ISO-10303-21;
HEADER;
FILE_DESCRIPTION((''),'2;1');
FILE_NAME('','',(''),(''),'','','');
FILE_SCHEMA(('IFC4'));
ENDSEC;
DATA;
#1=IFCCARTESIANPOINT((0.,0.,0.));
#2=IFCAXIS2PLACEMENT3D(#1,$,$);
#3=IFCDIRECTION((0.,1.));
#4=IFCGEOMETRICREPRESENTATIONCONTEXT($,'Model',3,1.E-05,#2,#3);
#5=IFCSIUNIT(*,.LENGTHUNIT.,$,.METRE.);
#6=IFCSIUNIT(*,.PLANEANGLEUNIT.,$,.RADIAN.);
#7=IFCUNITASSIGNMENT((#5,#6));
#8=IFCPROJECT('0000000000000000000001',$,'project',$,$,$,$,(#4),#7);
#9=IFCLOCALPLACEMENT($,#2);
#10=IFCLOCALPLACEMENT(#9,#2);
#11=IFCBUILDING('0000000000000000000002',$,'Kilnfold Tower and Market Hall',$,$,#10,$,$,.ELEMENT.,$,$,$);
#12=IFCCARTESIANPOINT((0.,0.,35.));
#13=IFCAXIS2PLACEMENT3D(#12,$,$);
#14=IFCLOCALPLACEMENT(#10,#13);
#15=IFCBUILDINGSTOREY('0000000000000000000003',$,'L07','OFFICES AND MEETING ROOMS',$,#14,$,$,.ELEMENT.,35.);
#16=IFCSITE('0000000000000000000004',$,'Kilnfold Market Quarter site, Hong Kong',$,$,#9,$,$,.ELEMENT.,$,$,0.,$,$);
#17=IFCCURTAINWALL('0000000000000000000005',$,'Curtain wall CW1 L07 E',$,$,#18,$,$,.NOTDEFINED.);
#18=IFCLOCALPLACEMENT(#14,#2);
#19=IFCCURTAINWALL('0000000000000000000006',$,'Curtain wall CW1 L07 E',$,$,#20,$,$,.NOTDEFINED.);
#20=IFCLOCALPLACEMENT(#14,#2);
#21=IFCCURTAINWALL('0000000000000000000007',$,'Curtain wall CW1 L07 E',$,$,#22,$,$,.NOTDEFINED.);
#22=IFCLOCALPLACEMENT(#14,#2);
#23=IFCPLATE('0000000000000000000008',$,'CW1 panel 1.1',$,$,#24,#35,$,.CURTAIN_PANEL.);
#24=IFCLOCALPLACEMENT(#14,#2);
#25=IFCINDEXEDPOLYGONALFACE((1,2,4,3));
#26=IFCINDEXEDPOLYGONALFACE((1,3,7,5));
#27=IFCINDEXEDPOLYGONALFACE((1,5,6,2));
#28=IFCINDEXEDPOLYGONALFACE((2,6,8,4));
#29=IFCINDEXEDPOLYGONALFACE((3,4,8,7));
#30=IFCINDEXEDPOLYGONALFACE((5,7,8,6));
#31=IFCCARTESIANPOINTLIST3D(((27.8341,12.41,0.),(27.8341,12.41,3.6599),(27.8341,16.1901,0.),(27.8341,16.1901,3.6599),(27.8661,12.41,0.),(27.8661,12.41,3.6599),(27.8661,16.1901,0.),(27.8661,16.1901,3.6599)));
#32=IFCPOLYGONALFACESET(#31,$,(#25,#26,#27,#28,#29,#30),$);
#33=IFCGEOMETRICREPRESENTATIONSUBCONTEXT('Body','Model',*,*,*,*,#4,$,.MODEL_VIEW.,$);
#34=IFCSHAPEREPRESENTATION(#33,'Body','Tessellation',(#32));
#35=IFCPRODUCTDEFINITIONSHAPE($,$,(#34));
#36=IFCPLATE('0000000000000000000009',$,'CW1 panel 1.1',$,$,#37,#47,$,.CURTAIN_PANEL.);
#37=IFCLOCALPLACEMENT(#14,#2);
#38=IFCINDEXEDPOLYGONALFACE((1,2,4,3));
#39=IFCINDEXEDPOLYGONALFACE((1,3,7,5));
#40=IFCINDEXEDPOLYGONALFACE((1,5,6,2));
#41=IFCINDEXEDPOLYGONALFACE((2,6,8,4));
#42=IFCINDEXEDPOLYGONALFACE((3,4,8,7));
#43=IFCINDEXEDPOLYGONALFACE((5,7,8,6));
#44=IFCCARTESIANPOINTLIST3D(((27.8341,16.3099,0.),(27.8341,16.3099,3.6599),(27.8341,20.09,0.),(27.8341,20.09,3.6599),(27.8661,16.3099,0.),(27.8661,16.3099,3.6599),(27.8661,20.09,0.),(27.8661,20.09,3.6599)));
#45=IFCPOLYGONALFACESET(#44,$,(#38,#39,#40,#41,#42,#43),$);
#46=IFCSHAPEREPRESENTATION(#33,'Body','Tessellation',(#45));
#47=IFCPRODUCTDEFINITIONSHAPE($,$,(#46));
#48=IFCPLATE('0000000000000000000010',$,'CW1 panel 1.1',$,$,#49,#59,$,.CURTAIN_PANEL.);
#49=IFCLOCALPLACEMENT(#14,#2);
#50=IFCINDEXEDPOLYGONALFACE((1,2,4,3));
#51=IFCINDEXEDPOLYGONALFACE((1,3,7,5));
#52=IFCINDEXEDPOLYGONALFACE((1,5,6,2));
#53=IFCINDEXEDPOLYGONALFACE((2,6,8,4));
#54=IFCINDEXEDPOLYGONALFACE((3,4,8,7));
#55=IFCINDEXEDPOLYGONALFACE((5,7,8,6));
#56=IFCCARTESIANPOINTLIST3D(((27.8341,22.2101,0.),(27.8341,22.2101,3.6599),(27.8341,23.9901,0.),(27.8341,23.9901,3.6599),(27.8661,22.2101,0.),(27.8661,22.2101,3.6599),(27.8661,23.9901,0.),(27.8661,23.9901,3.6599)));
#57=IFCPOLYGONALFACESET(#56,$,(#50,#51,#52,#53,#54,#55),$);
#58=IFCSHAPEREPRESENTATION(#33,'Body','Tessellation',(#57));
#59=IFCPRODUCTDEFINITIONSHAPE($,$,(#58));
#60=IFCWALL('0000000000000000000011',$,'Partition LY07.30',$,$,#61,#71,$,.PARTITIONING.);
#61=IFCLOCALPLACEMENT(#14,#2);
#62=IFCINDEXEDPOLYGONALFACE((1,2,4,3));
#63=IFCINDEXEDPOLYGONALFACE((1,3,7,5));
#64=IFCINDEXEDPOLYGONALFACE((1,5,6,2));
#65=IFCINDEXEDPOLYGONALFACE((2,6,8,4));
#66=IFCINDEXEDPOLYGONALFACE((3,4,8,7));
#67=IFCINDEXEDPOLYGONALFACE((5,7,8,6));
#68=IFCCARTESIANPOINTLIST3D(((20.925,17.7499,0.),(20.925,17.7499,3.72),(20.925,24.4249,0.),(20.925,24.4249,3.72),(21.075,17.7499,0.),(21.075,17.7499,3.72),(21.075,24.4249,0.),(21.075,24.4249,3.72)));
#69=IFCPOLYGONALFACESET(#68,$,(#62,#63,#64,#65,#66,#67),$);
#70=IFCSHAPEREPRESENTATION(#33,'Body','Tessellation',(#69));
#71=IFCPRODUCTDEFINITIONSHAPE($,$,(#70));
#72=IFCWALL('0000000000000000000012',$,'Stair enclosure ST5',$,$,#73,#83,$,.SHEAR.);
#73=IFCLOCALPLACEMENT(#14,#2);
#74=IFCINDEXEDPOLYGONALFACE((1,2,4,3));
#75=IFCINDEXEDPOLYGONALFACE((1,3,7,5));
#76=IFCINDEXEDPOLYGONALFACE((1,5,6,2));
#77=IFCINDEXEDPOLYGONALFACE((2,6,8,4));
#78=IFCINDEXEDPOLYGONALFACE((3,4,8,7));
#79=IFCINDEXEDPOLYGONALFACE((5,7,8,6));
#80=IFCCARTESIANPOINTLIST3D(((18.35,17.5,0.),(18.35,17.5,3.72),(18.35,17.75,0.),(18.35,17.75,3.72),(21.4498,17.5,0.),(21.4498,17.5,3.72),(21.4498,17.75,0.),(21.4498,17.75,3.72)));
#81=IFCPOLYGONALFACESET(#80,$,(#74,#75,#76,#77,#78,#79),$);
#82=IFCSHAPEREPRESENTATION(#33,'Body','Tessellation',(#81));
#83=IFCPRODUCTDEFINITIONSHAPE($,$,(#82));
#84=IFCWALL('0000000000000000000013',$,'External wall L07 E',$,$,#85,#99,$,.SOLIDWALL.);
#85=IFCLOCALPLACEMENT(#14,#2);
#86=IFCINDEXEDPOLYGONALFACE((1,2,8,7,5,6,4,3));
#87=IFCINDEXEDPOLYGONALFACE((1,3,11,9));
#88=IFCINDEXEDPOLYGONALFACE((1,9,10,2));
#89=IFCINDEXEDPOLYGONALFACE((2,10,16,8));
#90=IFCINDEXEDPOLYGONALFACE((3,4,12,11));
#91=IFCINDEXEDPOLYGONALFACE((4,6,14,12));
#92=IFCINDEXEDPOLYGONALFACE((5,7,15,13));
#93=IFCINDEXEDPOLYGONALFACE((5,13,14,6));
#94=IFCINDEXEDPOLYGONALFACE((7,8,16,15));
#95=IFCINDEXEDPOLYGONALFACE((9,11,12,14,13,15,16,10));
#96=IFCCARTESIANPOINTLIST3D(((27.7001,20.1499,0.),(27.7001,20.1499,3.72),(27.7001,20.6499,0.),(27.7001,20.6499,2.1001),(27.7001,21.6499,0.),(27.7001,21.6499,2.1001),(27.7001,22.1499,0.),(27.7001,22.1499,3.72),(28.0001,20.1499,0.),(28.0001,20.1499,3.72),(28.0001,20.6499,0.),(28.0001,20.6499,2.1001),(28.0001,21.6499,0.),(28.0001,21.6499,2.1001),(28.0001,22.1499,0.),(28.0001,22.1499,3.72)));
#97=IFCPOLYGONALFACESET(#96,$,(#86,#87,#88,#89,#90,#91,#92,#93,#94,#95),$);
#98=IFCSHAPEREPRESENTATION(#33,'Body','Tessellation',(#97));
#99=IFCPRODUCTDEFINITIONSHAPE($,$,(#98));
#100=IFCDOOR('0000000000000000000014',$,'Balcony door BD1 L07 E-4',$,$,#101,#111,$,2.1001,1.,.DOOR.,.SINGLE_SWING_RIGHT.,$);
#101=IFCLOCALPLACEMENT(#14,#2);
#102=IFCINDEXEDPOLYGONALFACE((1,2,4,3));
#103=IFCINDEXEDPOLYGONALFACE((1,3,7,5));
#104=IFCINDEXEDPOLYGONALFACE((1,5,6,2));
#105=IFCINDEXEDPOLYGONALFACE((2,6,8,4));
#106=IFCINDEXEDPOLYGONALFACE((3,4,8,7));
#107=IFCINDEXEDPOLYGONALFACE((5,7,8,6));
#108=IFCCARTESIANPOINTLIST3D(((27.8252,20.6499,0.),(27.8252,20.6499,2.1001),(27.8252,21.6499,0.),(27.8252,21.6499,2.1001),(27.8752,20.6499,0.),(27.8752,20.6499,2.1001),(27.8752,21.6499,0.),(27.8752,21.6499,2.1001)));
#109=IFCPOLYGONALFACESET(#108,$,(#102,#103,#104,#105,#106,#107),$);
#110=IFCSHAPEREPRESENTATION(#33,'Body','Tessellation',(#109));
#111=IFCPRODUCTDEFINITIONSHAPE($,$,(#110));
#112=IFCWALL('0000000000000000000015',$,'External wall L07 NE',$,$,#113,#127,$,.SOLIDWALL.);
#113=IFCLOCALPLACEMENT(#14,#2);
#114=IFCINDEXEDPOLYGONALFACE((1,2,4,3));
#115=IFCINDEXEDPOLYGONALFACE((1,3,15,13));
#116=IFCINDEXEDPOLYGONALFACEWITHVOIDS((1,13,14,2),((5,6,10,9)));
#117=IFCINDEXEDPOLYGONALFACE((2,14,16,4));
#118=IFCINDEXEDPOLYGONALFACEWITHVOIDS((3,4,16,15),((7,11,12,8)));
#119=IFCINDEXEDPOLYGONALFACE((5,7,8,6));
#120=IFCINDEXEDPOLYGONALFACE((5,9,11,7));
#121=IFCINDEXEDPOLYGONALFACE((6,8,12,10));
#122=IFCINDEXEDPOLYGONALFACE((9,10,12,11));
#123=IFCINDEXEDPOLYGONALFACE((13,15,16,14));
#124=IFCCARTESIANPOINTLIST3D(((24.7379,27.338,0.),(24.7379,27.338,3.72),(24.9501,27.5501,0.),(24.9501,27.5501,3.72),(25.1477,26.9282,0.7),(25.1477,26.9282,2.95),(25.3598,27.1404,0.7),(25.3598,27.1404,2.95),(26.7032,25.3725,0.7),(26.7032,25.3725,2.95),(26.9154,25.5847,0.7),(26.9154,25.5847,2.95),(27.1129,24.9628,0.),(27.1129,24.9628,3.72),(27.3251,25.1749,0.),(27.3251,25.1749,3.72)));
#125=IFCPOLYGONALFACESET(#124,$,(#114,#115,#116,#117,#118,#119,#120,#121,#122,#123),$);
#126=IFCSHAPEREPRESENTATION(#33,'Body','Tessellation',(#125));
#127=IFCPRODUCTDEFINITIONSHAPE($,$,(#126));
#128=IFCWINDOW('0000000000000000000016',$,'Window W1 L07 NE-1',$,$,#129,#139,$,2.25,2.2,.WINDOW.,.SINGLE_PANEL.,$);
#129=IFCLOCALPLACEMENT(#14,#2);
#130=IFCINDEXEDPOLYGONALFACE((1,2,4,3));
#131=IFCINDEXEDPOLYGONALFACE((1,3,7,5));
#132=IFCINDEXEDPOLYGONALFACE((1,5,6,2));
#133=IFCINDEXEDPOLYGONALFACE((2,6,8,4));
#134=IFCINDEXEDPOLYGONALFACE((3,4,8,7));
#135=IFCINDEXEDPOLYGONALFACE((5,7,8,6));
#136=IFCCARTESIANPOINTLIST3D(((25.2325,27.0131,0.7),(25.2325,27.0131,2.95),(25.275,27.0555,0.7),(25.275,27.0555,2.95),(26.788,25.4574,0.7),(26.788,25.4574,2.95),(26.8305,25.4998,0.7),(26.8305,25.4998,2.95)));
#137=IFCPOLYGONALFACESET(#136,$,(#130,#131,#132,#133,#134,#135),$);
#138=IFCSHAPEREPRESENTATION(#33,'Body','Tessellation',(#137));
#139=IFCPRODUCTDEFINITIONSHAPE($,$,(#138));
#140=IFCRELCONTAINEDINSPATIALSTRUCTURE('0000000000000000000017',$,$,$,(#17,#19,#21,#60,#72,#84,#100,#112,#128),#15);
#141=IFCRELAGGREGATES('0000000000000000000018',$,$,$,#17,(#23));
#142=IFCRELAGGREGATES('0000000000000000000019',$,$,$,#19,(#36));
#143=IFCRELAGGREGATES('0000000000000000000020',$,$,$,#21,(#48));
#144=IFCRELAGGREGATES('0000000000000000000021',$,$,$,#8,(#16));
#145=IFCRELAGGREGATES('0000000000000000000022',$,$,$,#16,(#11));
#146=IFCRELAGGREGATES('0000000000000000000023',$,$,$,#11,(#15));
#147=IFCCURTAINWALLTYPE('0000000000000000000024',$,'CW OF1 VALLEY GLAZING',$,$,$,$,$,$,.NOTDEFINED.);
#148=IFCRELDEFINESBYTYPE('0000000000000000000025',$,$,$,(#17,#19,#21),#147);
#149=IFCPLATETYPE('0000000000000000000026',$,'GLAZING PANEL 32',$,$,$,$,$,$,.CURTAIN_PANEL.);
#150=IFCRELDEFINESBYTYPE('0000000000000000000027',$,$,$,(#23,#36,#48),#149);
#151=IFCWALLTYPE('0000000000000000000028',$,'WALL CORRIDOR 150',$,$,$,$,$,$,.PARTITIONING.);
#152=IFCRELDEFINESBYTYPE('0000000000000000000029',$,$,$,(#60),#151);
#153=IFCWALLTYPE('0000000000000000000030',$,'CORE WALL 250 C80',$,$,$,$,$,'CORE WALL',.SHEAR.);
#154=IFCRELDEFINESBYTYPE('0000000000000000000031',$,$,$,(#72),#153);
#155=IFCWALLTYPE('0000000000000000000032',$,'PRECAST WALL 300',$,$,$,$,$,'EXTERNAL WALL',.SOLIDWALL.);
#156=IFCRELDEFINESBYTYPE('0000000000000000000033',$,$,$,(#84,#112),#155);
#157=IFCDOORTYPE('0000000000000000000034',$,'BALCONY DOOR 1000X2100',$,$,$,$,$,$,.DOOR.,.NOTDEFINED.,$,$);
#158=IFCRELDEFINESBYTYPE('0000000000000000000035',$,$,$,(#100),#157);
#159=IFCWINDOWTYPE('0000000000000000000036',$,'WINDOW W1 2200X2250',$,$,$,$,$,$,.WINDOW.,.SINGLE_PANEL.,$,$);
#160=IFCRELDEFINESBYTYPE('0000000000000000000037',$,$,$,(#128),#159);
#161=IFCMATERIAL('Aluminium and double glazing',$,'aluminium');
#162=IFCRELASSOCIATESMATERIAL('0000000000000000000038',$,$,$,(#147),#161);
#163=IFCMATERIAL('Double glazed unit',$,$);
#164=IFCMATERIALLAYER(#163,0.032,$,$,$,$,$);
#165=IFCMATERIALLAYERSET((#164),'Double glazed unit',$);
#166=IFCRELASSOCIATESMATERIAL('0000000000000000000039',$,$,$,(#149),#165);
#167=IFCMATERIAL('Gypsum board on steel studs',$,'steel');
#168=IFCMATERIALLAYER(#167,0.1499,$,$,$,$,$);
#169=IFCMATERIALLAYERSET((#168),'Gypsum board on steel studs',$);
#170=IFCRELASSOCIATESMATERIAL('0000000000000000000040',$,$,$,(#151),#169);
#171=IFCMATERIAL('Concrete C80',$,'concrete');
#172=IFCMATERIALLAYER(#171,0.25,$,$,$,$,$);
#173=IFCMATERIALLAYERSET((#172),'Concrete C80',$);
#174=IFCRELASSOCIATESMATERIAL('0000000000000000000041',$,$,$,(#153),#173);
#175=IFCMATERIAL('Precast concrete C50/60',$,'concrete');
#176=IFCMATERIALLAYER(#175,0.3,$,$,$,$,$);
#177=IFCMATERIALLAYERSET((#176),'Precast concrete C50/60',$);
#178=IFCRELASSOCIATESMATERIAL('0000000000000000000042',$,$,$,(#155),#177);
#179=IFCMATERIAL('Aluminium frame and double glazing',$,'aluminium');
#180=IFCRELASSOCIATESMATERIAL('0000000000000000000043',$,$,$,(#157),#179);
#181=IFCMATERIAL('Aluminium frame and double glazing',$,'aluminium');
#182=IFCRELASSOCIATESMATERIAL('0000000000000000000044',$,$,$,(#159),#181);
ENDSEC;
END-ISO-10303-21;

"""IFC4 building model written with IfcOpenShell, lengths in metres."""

from ifc_helpers import new_model, si_unit, direction, frame, frame_2d, origin, origin_2d, place, context, subcontext, project, spatial, rectangle, extrude, source, transform, mapped, material, layer, layer_set, type_object, element, fill, aggregate, save


model = new_model("IFC4")

# Units and contexts
model_context = context("Model", 3, precision=1e-05, world=origin(), true_north=direction((0.0, 1.0)))
body_context = subcontext(model_context, "Body", "Model", "MODEL_VIEW")
ifc_project = project(units=[si_unit("LENGTHUNIT", "METRE"), si_unit("PLANEANGLEUNIT", "RADIAN")], contexts=[model_context])

# Site, building, storey
site_placement = place(None, origin())
site = spatial("IfcSite", under=ifc_project, at=site_placement, Name="Kilnfold Market Quarter site, Hong Kong", CompositionType="ELEMENT", RefElevation=0.0)
building_placement = place(site_placement, origin())
building = spatial("IfcBuilding", under=site, at=building_placement, Name="Kilnfold Tower and Market Hall", CompositionType="ELEMENT")
storey_placement = place(building_placement, frame((0.0, 0.0, 35.0)))
storey = spatial("IfcBuildingStorey", under=building, at=storey_placement, Name="L07", Description="OFFICES AND MEETING ROOMS", CompositionType="ELEMENT", Elevation=35.0)

# Shared definitions
ifc_material_1 = material(Name="Aluminium and double glazing", Category="aluminium")
curtain_wall_type = type_object("IfcCurtainWallType", Name="CW OF1 VALLEY GLAZING", PredefinedType="NOTDEFINED", material=ifc_material_1)

# Curtain walls
curtain_wall_1_placement = place(storey_placement, origin())
curtain_wall_1 = element("IfcCurtainWall", 1, at=curtain_wall_1_placement, inside=storey, type_object=curtain_wall_type, Name="Curtain wall CW1 L07 E", PredefinedType="NOTDEFINED")
curtain_wall_2_placement = place(storey_placement, origin())
curtain_wall_2 = element("IfcCurtainWall", 2, at=curtain_wall_2_placement, inside=storey, type_object=curtain_wall_type, Name="Curtain wall CW1 L07 E", PredefinedType="NOTDEFINED")
curtain_wall_3_placement = place(storey_placement, origin())
curtain_wall_3 = element("IfcCurtainWall", 3, at=curtain_wall_3_placement, inside=storey, type_object=curtain_wall_type, Name="Curtain wall CW1 L07 E", PredefinedType="NOTDEFINED")

# Plates
ifc_material_2 = material(Name="Double glazed unit")
ifc_layer_1 = layer(ifc_material_2, 0.032)
ifc_layer_set_1 = layer_set([ifc_layer_1], Name="Double glazed unit")
plate_type = type_object("IfcPlateType", Name="GLAZING PANEL 32", PredefinedType="CURTAIN_PANEL", material=ifc_layer_set_1)
shared_shape_1 = source(origin(), body_context, "Body", "SweptSolid", [
    extrude(rectangle(XDim=3.78, YDim=0.032, at=origin_2d()), origin(), (0.0, 0.0, 1.0), 3.6599),
])
plate_1_placement = place(storey_placement, frame((27.8501, 14.3, 0.0), z_axis=(0.0, 0.0, 1.0), x_axis=(0.0, 1.0, 0.0)))
plate_1 = element("IfcPlate", 4, at=plate_1_placement, type_object=plate_type, Name="CW1 panel 1.1", PredefinedType="CURTAIN_PANEL", context=body_context, shape_type="MappedRepresentation", body=[
    mapped(shared_shape_1, transform((0.0, 0.0, 0.0))),
])
aggregate(curtain_wall_1, [plate_1])
plate_2_placement = place(storey_placement, frame((27.8501, 18.2, 0.0), z_axis=(0.0, 0.0, 1.0), x_axis=(0.0, 1.0, 0.0)))
plate_2 = element("IfcPlate", 5, at=plate_2_placement, type_object=plate_type, Name="CW1 panel 1.1", PredefinedType="CURTAIN_PANEL", context=body_context, shape_type="MappedRepresentation", body=[
    mapped(shared_shape_1, transform((0.0, 0.0, 0.0))),
])
aggregate(curtain_wall_2, [plate_2])
shared_shape_2 = source(origin(), body_context, "Body", "SweptSolid", [
    extrude(rectangle(XDim=1.78, YDim=0.032, at=origin_2d()), origin(), (0.0, 0.0, 1.0), 3.6599),
])
plate_3_placement = place(storey_placement, frame((27.8501, 23.1001, 0.0), z_axis=(0.0, 0.0, 1.0), x_axis=(0.0, 1.0, 0.0)))
plate_3 = element("IfcPlate", 6, at=plate_3_placement, type_object=plate_type, Name="CW1 panel 1.1", PredefinedType="CURTAIN_PANEL", context=body_context, shape_type="MappedRepresentation", body=[
    mapped(shared_shape_2, transform((0.0, 0.0, 0.0))),
])
aggregate(curtain_wall_3, [plate_3])

# Walls
ifc_material_3 = material(Name="Gypsum board on steel studs", Category="steel")
ifc_layer_2 = layer(ifc_material_3, 0.1499)
ifc_layer_set_2 = layer_set([ifc_layer_2], Name="Gypsum board on steel studs")
wall_type_1 = type_object("IfcWallType", Name="WALL CORRIDOR 150", PredefinedType="PARTITIONING", material=ifc_layer_set_2)
wall_1_placement = place(storey_placement, frame((21.0, 17.75, 0.0), z_axis=(0.0, 0.0, 1.0), x_axis=(0.0, 1.0, 0.0)))
element("IfcWall", 7, at=wall_1_placement, inside=storey, type_object=wall_type_1, Name="Partition LY07.30", PredefinedType="PARTITIONING", context=body_context, shape_type="SweptSolid", body=[
    extrude(rectangle(XDim=6.675, YDim=0.1499, at=frame_2d((3.3374, 0.0))), origin(), (0.0, 0.0, 1.0), 3.72),
])
ifc_material_4 = material(Name="Concrete C80", Category="concrete")
ifc_layer_3 = layer(ifc_material_4, 0.25)
ifc_layer_set_3 = layer_set([ifc_layer_3], Name="Concrete C80")
wall_type_2 = type_object("IfcWallType", Name="CORE WALL 250 C80", ElementType="CORE WALL", PredefinedType="SHEAR", material=ifc_layer_set_3)
shared_shape_3 = source(origin(), body_context, "Body", "SweptSolid", [
    extrude(rectangle(XDim=3.0999, YDim=0.25, at=frame_2d((1.5498, 0.0))), origin(), (0.0, 0.0, 1.0), 3.72),
])
wall_2_placement = place(storey_placement, frame((18.3501, 17.625, 0.0), z_axis=(0.0, 0.0, 1.0), x_axis=(1.0, 0.0, 0.0)))
element("IfcWall", 8, at=wall_2_placement, inside=storey, type_object=wall_type_2, Name="Stair enclosure ST5", PredefinedType="SHEAR", context=body_context, shape_type="MappedRepresentation", body=[
    mapped(shared_shape_3, transform((0.0, 0.0, 0.0))),
])

# Wall, opening, door
ifc_material_5 = material(Name="Precast concrete C50/60", Category="concrete")
ifc_layer_4 = layer(ifc_material_5, 0.3)
ifc_layer_set_4 = layer_set([ifc_layer_4], Name="Precast concrete C50/60")
wall_type_3 = type_object("IfcWallType", Name="PRECAST WALL 300", ElementType="EXTERNAL WALL", PredefinedType="SOLIDWALL", material=ifc_layer_set_4)
shared_shape_4 = source(origin(), body_context, "Body", "SweptSolid", [
    extrude(rectangle(XDim=2.0, YDim=0.3, at=frame_2d((1.0, 0.0))), origin(), (0.0, 0.0, 1.0), 3.72),
])
wall_3_placement = place(storey_placement, frame((27.8501, 20.1499, 0.0), z_axis=(0.0, 0.0, 1.0), x_axis=(0.0, 1.0, 0.0)))
wall_3 = element("IfcWall", 9, at=wall_3_placement, inside=storey, type_object=wall_type_3, Name="External wall L07 E", PredefinedType="SOLIDWALL", context=body_context, shape_type="MappedRepresentation", body=[
    mapped(shared_shape_4, transform((0.0, 0.0, 0.0))),
])
opening_1_placement = place(wall_3_placement, frame((0.5, 0.0, 0.0)))
opening_1 = element("IfcOpeningElement", 10, at=opening_1_placement, cuts=wall_3, PredefinedType="OPENING", context=body_context, shape_type="SweptSolid", body=[
    extrude(rectangle(XDim=1.0, YDim=2.1001, at=frame_2d((0.5, 1.05))), frame((0.0, 0.1602, 0.0), z_axis=(0.0, -1.0, 0.0), x_axis=(1.0, 0.0, 0.0)), (0.0, 0.0, 1.0), 0.3201),
])
ifc_material_6 = material(Name="Aluminium frame and double glazing", Category="aluminium")
door_type = type_object("IfcDoorType", Name="BALCONY DOOR 1000X2100", OperationType="NOTDEFINED", PredefinedType="DOOR", material=ifc_material_6)
door_placement = place(opening_1_placement, origin())
door = element("IfcDoor", 11, at=door_placement, inside=storey, type_object=door_type, Name="Balcony door BD1 L07 E-4", OperationType="SINGLE_SWING_RIGHT", OverallHeight=2.1001, OverallWidth=1.0, PredefinedType="DOOR", context=body_context, shape_type="SweptSolid", body=[
    extrude(rectangle(XDim=1.0, YDim=2.1001, at=frame_2d((0.5, 1.05))), frame((0.0, 0.0249, 0.0), z_axis=(0.0, -1.0, 0.0), x_axis=(1.0, 0.0, 0.0)), (0.0, 0.0, 1.0), 0.05),
])
fill(opening_1, door)

# Wall, opening, window
shared_shape_5 = source(origin(), body_context, "Body", "SweptSolid", [
    extrude(rectangle(XDim=3.3589, YDim=0.3, at=frame_2d((1.6794, 0.0))), origin(), (0.0, 0.0, 1.0), 3.72),
])
wall_4_placement = place(storey_placement, frame((27.219, 25.0688, 0.0), z_axis=(0.0, 0.0, 1.0), x_axis=(-0.70707, 0.707143, 0.0)))
wall_4 = element("IfcWall", 12, at=wall_4_placement, inside=storey, type_object=wall_type_3, Name="External wall L07 NE", PredefinedType="SOLIDWALL", context=body_context, shape_type="MappedRepresentation", body=[
    mapped(shared_shape_5, transform((0.0, 0.0, 0.0))),
])
opening_2_placement = place(wall_4_placement, frame((0.5793, 0.0, 0.7)))
opening_2 = element("IfcOpeningElement", 13, at=opening_2_placement, cuts=wall_4, PredefinedType="OPENING", context=body_context, shape_type="SweptSolid", body=[
    extrude(rectangle(XDim=2.2, YDim=2.25, at=frame_2d((1.1001, 1.125))), frame((0.0, 0.1602, 0.0), z_axis=(0.0, -1.0, 0.0), x_axis=(1.0, 0.0, 0.0)), (0.0, 0.0, 1.0), 0.3201),
])
ifc_material_7 = material(Name="Aluminium frame and double glazing", Category="aluminium")
window_type = type_object("IfcWindowType", Name="WINDOW W1 2200X2250", PartitioningType="SINGLE_PANEL", PredefinedType="WINDOW", material=ifc_material_7)
window_1_placement = place(opening_2_placement, origin())
window_1 = element("IfcWindow", 14, at=window_1_placement, inside=storey, type_object=window_type, Name="Window W1 L07 NE-1", OverallHeight=2.25, OverallWidth=2.2, PartitioningType="SINGLE_PANEL", PredefinedType="WINDOW", context=body_context, shape_type="SweptSolid", body=[
    extrude(rectangle(XDim=2.2, YDim=2.25, at=frame_2d((1.1001, 1.125))), frame((0.0, 0.03, 0.0), z_axis=(0.0, -1.0, 0.0), x_axis=(1.0, 0.0, 0.0)), (0.0, 0.0, 1.0), 0.0601),
])
fill(opening_2, window_1)

save(model, "model.ifc")
